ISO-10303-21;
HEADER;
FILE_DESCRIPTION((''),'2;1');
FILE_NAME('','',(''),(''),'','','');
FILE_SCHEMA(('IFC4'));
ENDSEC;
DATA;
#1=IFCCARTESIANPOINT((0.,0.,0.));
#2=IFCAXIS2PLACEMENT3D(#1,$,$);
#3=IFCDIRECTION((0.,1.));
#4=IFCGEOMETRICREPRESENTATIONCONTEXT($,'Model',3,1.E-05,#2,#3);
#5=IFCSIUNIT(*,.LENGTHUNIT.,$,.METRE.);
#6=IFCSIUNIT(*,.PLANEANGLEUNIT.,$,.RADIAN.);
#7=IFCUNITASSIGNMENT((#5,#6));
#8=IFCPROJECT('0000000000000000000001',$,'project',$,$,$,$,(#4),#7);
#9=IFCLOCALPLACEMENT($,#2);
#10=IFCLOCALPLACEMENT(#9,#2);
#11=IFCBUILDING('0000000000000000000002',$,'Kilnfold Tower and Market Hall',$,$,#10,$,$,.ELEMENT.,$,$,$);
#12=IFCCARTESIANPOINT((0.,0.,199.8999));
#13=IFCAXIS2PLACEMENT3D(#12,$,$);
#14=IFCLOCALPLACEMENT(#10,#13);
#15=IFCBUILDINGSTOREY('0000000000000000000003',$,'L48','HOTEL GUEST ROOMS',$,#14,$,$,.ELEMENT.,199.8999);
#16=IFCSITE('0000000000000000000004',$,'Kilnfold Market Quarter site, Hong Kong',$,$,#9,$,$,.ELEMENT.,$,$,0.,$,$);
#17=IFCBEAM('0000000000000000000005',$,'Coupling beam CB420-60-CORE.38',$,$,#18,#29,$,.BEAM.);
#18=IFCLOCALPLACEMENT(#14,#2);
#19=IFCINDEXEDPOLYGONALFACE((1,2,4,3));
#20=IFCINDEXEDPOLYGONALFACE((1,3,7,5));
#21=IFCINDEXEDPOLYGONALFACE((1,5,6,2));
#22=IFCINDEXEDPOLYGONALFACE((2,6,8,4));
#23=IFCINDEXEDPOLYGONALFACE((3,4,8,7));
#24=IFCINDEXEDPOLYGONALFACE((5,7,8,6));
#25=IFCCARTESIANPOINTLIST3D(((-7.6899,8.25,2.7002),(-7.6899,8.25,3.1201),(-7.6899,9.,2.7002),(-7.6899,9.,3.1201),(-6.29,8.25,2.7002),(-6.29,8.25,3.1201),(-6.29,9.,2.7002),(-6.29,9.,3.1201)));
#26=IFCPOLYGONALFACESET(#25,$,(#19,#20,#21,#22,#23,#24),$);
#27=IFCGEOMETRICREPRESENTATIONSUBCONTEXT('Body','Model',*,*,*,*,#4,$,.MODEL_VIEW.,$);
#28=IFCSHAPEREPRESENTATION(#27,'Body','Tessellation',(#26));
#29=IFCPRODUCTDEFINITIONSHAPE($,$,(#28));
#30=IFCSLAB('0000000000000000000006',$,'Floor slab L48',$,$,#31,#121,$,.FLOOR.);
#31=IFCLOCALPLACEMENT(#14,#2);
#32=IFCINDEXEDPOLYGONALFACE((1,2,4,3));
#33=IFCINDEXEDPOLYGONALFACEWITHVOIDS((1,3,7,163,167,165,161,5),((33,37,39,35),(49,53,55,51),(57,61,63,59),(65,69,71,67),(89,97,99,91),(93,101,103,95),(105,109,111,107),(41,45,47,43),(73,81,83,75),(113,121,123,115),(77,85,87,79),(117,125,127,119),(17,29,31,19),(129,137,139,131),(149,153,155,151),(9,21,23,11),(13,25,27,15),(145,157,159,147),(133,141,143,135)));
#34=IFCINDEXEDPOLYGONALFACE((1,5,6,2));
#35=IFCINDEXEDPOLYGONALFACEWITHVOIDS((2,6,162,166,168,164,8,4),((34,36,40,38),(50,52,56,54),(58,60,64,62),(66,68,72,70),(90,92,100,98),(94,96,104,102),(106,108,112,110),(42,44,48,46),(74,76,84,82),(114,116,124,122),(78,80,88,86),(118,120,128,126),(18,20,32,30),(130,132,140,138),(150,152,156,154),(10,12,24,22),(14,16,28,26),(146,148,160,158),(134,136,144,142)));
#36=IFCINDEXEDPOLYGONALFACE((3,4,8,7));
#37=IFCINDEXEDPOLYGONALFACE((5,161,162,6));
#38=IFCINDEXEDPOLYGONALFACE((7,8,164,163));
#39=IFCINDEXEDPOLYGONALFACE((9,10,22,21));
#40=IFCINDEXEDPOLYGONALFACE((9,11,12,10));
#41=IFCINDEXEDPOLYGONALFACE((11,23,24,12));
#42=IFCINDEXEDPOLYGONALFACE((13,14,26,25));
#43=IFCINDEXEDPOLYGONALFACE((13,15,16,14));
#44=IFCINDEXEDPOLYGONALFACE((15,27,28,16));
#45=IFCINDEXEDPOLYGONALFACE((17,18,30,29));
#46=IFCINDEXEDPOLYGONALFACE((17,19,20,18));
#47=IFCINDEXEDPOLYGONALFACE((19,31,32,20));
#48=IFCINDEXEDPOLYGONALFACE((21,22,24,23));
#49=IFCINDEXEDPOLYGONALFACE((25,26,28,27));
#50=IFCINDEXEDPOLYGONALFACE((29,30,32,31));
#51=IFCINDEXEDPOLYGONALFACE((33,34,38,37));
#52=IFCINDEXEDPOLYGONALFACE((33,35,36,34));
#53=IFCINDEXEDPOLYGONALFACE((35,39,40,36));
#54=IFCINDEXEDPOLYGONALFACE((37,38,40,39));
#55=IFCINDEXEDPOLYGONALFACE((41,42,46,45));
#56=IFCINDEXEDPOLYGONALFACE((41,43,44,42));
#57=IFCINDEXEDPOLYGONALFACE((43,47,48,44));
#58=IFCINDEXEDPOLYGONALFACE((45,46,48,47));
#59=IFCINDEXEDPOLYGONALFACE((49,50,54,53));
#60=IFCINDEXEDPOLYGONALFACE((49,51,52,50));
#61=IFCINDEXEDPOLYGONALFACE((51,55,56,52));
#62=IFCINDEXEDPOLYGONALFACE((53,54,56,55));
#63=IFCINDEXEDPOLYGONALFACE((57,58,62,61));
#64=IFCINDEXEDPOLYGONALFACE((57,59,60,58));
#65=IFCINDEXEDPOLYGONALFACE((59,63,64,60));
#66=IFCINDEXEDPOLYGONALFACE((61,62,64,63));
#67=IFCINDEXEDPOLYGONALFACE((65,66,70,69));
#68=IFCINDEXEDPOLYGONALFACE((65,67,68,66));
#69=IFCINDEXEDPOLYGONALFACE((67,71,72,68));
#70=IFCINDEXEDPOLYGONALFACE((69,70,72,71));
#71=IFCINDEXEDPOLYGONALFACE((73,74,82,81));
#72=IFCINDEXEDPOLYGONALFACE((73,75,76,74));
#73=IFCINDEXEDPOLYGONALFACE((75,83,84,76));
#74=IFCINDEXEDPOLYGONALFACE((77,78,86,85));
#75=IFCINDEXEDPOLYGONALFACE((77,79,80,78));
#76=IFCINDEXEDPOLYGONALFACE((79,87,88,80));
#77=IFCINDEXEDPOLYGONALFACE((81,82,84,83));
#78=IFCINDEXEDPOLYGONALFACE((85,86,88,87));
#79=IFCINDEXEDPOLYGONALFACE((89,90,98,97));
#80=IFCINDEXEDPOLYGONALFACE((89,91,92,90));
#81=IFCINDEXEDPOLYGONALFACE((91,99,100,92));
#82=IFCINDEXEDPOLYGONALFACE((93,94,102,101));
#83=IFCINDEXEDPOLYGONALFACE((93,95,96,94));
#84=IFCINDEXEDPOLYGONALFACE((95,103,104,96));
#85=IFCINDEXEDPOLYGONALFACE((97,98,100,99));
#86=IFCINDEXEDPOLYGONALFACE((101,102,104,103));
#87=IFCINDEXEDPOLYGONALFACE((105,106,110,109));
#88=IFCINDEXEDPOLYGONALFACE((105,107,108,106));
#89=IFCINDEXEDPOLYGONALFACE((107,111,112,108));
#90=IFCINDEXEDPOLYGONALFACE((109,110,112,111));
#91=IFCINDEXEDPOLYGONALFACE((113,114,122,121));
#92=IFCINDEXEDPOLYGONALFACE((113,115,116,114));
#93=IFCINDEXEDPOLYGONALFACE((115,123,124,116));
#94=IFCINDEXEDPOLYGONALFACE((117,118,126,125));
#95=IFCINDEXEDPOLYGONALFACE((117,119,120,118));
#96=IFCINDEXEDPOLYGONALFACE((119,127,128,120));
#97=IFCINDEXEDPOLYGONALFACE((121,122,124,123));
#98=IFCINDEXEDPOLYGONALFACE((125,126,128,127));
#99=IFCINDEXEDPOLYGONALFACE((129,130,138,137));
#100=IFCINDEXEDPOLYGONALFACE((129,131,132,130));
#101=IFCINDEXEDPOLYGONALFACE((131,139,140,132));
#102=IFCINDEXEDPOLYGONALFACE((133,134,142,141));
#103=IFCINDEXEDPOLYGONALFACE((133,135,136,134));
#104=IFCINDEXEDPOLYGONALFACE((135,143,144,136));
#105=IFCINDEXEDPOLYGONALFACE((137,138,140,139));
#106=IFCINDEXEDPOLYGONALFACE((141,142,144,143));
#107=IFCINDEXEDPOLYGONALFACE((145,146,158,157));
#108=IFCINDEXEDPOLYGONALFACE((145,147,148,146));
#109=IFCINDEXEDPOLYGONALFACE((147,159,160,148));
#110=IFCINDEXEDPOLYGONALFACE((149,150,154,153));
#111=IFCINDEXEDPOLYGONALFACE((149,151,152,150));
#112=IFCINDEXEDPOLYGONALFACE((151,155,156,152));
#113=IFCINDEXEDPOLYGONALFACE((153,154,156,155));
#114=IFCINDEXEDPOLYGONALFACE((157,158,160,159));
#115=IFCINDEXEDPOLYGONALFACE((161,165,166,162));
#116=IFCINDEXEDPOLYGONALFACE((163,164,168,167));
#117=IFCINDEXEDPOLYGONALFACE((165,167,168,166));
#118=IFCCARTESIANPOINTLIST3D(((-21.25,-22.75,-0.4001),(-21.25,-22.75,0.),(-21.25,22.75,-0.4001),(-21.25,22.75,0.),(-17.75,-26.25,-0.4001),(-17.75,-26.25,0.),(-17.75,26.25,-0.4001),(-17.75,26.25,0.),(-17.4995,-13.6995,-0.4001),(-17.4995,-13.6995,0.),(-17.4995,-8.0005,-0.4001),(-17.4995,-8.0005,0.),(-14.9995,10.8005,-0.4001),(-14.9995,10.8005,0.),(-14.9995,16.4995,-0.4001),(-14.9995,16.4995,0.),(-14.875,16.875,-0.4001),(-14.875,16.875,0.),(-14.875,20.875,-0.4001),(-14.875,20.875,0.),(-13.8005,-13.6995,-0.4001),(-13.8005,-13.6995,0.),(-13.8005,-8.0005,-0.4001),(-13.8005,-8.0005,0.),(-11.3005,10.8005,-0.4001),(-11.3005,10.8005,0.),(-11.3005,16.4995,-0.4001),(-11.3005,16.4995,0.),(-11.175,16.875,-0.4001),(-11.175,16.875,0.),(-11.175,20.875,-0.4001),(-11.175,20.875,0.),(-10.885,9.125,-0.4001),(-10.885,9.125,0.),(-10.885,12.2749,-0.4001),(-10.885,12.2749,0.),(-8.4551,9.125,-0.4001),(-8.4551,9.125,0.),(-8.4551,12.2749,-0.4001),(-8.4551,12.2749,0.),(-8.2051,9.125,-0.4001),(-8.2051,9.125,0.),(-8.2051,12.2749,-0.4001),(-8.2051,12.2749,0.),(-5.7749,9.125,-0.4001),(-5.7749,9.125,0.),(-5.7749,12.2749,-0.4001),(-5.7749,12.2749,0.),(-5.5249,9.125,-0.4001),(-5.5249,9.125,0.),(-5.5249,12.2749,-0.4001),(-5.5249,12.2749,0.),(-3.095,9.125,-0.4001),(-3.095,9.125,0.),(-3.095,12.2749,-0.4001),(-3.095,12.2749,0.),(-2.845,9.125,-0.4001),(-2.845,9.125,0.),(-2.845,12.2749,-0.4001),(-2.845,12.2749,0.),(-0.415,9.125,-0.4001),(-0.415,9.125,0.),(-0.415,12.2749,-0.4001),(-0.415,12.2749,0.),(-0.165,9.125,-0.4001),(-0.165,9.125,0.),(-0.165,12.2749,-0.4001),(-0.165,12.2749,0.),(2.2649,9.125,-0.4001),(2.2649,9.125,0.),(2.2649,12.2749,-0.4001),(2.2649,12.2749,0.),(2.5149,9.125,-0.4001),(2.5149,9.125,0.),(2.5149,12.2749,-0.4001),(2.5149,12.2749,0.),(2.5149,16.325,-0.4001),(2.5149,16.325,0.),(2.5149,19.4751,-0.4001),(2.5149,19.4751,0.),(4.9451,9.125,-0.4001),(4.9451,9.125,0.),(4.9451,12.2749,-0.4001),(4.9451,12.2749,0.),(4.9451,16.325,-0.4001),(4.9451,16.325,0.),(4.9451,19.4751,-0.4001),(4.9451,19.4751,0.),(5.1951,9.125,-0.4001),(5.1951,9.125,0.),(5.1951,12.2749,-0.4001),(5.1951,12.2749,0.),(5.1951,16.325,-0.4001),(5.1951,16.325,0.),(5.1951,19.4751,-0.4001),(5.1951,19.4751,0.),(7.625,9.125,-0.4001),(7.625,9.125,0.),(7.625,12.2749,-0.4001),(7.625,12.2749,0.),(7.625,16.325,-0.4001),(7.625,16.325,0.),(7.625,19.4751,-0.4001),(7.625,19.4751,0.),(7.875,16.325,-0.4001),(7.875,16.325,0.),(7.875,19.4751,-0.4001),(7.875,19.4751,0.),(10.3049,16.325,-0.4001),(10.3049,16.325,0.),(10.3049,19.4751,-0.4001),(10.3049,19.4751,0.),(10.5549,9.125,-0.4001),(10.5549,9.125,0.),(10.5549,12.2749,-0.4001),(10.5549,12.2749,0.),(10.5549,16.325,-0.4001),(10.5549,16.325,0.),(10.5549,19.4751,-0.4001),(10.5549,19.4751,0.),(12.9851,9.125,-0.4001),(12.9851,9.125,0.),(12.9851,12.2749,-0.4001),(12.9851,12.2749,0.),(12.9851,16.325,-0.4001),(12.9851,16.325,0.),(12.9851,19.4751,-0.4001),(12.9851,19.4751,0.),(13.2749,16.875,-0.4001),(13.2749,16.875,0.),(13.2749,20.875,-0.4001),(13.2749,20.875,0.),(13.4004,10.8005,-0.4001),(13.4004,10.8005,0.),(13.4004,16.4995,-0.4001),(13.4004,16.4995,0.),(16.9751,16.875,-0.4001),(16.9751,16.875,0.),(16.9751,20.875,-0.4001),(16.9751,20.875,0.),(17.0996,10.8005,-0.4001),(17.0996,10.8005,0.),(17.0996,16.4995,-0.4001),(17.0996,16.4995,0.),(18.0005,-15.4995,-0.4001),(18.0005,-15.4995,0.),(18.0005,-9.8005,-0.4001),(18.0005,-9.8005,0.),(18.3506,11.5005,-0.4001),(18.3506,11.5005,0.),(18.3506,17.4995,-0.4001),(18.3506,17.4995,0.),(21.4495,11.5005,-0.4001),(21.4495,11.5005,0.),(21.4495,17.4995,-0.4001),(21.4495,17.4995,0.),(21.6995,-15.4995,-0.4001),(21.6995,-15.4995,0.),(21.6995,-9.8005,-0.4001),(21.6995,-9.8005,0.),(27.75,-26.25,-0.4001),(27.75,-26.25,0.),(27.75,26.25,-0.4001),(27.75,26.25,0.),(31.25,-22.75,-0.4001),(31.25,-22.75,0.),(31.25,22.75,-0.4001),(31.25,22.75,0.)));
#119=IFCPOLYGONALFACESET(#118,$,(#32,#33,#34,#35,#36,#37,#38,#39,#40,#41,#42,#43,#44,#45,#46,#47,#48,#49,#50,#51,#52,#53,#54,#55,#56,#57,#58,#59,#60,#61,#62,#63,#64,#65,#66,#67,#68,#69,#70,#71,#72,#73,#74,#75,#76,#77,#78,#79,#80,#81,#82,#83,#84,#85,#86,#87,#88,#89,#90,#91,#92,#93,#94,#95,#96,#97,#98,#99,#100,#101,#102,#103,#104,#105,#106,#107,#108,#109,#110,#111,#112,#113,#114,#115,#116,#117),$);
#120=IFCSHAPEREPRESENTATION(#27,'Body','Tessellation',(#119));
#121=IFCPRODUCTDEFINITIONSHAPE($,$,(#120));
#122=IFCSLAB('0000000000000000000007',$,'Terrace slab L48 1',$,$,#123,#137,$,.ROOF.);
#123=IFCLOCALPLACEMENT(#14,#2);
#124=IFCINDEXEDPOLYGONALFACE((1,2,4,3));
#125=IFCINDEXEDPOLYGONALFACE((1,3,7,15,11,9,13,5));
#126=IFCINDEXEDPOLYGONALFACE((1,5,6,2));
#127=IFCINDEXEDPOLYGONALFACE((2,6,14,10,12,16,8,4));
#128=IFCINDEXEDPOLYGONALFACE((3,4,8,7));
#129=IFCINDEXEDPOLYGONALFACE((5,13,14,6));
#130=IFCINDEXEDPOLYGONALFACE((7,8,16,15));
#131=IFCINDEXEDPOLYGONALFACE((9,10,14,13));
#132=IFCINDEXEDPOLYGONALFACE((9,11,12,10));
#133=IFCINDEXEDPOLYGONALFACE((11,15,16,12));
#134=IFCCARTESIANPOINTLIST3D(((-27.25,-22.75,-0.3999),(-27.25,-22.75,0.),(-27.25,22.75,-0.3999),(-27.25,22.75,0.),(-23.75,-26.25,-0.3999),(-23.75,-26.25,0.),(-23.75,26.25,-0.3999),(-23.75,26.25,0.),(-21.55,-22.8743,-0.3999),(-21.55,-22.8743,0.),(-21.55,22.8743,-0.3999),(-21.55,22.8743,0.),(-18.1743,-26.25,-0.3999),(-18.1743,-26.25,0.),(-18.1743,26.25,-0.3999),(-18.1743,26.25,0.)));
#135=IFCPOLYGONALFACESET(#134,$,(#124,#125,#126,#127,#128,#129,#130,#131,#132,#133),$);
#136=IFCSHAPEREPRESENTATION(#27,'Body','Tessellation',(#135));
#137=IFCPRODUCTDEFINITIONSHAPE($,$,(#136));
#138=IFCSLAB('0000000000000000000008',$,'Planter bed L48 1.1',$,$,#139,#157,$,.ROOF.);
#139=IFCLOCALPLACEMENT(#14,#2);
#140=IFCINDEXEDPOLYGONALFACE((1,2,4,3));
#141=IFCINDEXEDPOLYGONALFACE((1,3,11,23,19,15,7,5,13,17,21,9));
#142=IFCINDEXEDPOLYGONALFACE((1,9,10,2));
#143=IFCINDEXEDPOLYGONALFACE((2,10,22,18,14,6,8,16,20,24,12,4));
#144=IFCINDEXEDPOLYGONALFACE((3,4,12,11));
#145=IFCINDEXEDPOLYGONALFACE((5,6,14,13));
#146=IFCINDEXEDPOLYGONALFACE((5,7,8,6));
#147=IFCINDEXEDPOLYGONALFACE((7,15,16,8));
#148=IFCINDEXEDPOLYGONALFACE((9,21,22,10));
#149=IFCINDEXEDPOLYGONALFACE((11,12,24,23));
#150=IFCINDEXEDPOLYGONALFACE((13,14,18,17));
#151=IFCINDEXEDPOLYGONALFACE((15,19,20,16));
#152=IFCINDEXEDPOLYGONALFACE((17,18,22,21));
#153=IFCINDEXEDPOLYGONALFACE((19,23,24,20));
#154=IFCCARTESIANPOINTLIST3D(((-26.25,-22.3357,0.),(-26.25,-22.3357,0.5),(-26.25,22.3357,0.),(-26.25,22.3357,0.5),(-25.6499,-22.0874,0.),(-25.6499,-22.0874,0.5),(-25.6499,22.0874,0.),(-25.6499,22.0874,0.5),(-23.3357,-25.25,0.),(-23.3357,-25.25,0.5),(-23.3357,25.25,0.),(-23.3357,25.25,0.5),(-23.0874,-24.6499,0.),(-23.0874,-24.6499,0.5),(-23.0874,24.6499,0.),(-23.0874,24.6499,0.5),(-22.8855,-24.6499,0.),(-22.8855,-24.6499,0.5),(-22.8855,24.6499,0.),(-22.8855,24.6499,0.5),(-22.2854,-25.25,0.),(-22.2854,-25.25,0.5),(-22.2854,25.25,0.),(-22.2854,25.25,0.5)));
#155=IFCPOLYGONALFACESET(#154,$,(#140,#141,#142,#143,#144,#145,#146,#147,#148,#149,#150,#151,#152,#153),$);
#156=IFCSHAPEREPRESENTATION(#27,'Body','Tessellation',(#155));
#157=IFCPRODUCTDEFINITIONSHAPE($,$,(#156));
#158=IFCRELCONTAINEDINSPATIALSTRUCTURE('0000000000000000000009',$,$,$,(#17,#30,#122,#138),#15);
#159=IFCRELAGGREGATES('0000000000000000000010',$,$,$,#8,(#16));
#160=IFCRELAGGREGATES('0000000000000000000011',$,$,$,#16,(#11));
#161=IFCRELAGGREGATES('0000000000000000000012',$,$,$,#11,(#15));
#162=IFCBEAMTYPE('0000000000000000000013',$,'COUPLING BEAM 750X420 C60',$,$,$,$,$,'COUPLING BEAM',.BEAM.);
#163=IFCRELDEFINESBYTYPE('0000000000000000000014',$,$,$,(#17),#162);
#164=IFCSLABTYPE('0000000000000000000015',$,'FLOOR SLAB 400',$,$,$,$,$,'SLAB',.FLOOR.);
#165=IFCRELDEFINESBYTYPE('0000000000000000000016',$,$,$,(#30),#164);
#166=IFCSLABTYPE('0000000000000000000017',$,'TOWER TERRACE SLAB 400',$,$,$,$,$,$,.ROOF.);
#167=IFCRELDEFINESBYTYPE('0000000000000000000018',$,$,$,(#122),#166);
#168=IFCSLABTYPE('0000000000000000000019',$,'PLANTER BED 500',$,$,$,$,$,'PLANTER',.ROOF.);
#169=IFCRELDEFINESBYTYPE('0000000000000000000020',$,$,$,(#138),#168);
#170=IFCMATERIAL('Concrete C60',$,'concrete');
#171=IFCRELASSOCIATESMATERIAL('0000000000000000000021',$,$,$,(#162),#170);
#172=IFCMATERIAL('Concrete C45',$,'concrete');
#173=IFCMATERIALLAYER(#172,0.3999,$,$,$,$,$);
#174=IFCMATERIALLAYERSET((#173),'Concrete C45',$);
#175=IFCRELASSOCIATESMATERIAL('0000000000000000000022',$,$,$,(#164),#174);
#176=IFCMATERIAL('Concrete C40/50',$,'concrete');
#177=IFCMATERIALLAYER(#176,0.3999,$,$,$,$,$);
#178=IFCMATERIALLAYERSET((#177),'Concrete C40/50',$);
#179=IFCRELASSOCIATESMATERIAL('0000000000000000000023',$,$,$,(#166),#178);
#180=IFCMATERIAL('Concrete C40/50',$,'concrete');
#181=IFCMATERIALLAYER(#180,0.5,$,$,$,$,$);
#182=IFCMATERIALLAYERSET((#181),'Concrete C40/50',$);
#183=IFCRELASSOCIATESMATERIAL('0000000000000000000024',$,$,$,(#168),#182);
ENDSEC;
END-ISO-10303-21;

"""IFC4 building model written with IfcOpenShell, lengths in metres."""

from ifc_helpers import new_model, si_unit, direction, frame, origin, origin_2d, place, context, subcontext, project, spatial, polyline, rectangle, outline, extrude, source, transform, mapped, material, layer, layer_set, material_profile, profile_set, type_object, element, save


model = new_model("IFC4")

# Units and contexts
model_context = context("Model", 3, precision=1e-05, world=origin(), true_north=direction((0.0, 1.0)))
body_context = subcontext(model_context, "Body", "Model", "MODEL_VIEW")
ifc_project = project(units=[si_unit("LENGTHUNIT", "METRE"), si_unit("PLANEANGLEUNIT", "RADIAN")], contexts=[model_context])

# Site, building, storey
site_placement = place(None, origin())
site = spatial("IfcSite", under=ifc_project, at=site_placement, Name="Kilnfold Market Quarter site, Hong Kong", CompositionType="ELEMENT", RefElevation=0.0)
building_placement = place(site_placement, origin())
building = spatial("IfcBuilding", under=site, at=building_placement, Name="Kilnfold Tower and Market Hall", CompositionType="ELEMENT")
storey_placement = place(building_placement, frame((0.0, 0.0, 199.8999)))
storey = spatial("IfcBuildingStorey", under=building, at=storey_placement, Name="L48", Description="HOTEL GUEST ROOMS", CompositionType="ELEMENT", Elevation=199.8999)

# Beam
ifc_material_1 = material(Name="Concrete C60", Category="concrete")
ifc_material_profile = material_profile(ifc_material_1, rectangle(XDim=0.75, YDim=0.4199, at=origin_2d()), Name="RC 750x420")
ifc_profile_set = profile_set([ifc_material_profile], Name="Concrete C60")
beam_type = type_object("IfcBeamType", Name="COUPLING BEAM 750X420 C60", ElementType="COUPLING BEAM", PredefinedType="BEAM", material=ifc_profile_set)
shared_shape_1 = source(origin(), body_context, "Body", "SweptSolid", [
    extrude(rectangle(XDim=0.75, YDim=0.4199, at=origin_2d()), origin(), (0.0, 0.0, 1.0), 1.3999),
])
beam_placement = place(storey_placement, frame((-7.6899, 8.625, 2.9102), z_axis=(1.0, 0.0, 0.0), x_axis=(0.0, 1.0, 0.0)))
element("IfcBeam", 1, at=beam_placement, inside=storey, type_object=beam_type, Name="Coupling beam CB420-60-CORE.38", PredefinedType="BEAM", context=body_context, shape_type="MappedRepresentation", body=[
    mapped(shared_shape_1, transform((0.0, 0.0, 0.0))),
])

# Slabs
ifc_material_2 = material(Name="Concrete C45", Category="concrete")
ifc_layer_1 = layer(ifc_material_2, 0.3999)
ifc_layer_set_1 = layer_set([ifc_layer_1], Name="Concrete C45")
slab_type_1 = type_object("IfcSlabType", Name="FLOOR SLAB 400", ElementType="SLAB", PredefinedType="FLOOR", material=ifc_layer_set_1)
shared_shape_2 = source(origin(), body_context, "Body", "SweptSolid", [
    extrude(outline(polyline([(-17.75, -26.25), (27.75, -26.25), (31.25, -22.75), (31.25, 22.75), (27.75, 26.25), (-17.75, 26.25), (-21.25, 22.75), (-21.25, -22.75), (-17.75, -26.25)]), holes=[polyline([(-13.8005, -13.6995), (-17.4995, -13.6995), (-17.4995, -8.0005), (-13.8005, -8.0005), (-13.8005, -13.6995)]), polyline([(-14.9995, 10.8005), (-14.9995, 16.4995), (-11.3005, 16.4995), (-11.3005, 10.8005), (-14.9995, 10.8005)]), polyline([(-11.175, 16.875), (-14.875, 16.875), (-14.875, 20.875), (-11.175, 20.875), (-11.175, 16.875)]), polyline([(-8.4551, 9.125), (-10.885, 9.125), (-10.885, 12.2749), (-8.4551, 12.2749), (-8.4551, 9.125)]), polyline([(-5.7749, 9.125), (-8.2051, 9.125), (-8.2051, 12.2749), (-5.7749, 12.2749), (-5.7749, 9.125)]), polyline([(-3.095, 9.125), (-5.5249, 9.125), (-5.5249, 12.2749), (-3.095, 12.2749), (-3.095, 9.125)]), polyline([(-0.415, 9.125), (-2.845, 9.125), (-2.845, 12.2749), (-0.415, 12.2749), (-0.415, 9.125)]), polyline([(2.2649, 9.125), (-0.165, 9.125), (-0.165, 12.2749), (2.2649, 12.2749), (2.2649, 9.125)]), polyline([(4.9451, 9.125), (2.5149, 9.125), (2.5149, 12.2749), (4.9451, 12.2749), (4.9451, 9.125)]), polyline([(2.5149, 16.325), (2.5149, 19.4751), (4.9451, 19.4751), (4.9451, 16.325), (2.5149, 16.325)]), polyline([(7.625, 9.125), (5.1951, 9.125), (5.1951, 12.2749), (7.625, 12.2749), (7.625, 9.125)]), polyline([(7.625, 16.325), (5.1951, 16.325), (5.1951, 19.4751), (7.625, 19.4751), (7.625, 16.325)]), polyline([(10.3049, 16.325), (7.875, 16.325), (7.875, 19.4751), (10.3049, 19.4751), (10.3049, 16.325)]), polyline([(10.5549, 9.125), (10.5549, 12.2749), (12.9851, 12.2749), (12.9851, 9.125), (10.5549, 9.125)]), polyline([(10.5549, 16.325), (10.5549, 19.4751), (12.9851, 19.4751), (12.9851, 16.325), (10.5549, 16.325)]), polyline([(13.2749, 16.875), (13.2749, 20.875), (16.9751, 20.875), (16.9751, 16.875), (13.2749, 16.875)]), polyline([(13.4004, 10.8005), (13.4004, 16.4995), (17.0996, 16.4995), (17.0996, 10.8005), (13.4004, 10.8005)]), polyline([(18.0005, -9.8005), (21.6995, -9.8005), (21.6995, -15.4995), (18.0005, -15.4995), (18.0005, -9.8005)]), polyline([(21.4495, 11.5005), (18.3506, 11.5005), (18.3506, 17.4995), (21.4495, 17.4995), (21.4495, 11.5005)])]), origin(), (0.0, 0.0, 1.0), 0.4001),
])
slab_1_placement = place(storey_placement, frame((0.0, 0.0, -0.4001)))
element("IfcSlab", 2, at=slab_1_placement, inside=storey, type_object=slab_type_1, Name="Floor slab L48", PredefinedType="FLOOR", context=body_context, shape_type="MappedRepresentation", body=[
    mapped(shared_shape_2, transform((0.0, 0.0, 0.0))),
])
ifc_material_3 = material(Name="Concrete C40/50", Category="concrete")
ifc_layer_2 = layer(ifc_material_3, 0.3999)
ifc_layer_set_2 = layer_set([ifc_layer_2], Name="Concrete C40/50")
slab_type_2 = type_object("IfcSlabType", Name="TOWER TERRACE SLAB 400", PredefinedType="ROOF", material=ifc_layer_set_2)
shared_shape_3 = source(origin(), body_context, "Body", "SweptSolid", [
    extrude(outline(polyline([(-23.75, -26.25), (-27.25, -22.75), (-27.25, 22.75), (-23.75, 26.25), (-18.1743, 26.25), (-21.55, 22.8743), (-21.55, -22.8743), (-18.1743, -26.25), (-23.75, -26.25)])), origin(), (0.0, 0.0, 1.0), 0.3999),
])
slab_2_placement = place(storey_placement, frame((0.0, 0.0, -0.3999)))
element("IfcSlab", 3, at=slab_2_placement, inside=storey, type_object=slab_type_2, Name="Terrace slab L48 1", PredefinedType="ROOF", context=body_context, shape_type="MappedRepresentation", body=[
    mapped(shared_shape_3, transform((0.0, 0.0, 0.0))),
])
ifc_material_4 = material(Name="Concrete C40/50", Category="concrete")
ifc_layer_3 = layer(ifc_material_4, 0.5)
ifc_layer_set_3 = layer_set([ifc_layer_3], Name="Concrete C40/50")
slab_type_3 = type_object("IfcSlabType", Name="PLANTER BED 500", ElementType="PLANTER", PredefinedType="ROOF", material=ifc_layer_set_3)
shared_shape_4 = source(origin(), body_context, "Body", "SweptSolid", [
    extrude(outline(polyline([(-26.25, 22.3357), (-23.3357, 25.25), (-22.2854, 25.25), (-22.8855, 24.6499), (-23.0874, 24.6499), (-25.6499, 22.0874), (-25.6499, -22.0874), (-23.0874, -24.6499), (-22.8855, -24.6499), (-22.2854, -25.25), (-23.3357, -25.25), (-26.25, -22.3357), (-26.25, 22.3357)])), origin(), (0.0, 0.0, 1.0), 0.5),
])
slab_3_placement = place(storey_placement, origin())
element("IfcSlab", 4, at=slab_3_placement, inside=storey, type_object=slab_type_3, Name="Planter bed L48 1.1", PredefinedType="ROOF", context=body_context, shape_type="MappedRepresentation", body=[
    mapped(shared_shape_4, transform((0.0, 0.0, 0.0))),
])

save(model, "model.ifc")
